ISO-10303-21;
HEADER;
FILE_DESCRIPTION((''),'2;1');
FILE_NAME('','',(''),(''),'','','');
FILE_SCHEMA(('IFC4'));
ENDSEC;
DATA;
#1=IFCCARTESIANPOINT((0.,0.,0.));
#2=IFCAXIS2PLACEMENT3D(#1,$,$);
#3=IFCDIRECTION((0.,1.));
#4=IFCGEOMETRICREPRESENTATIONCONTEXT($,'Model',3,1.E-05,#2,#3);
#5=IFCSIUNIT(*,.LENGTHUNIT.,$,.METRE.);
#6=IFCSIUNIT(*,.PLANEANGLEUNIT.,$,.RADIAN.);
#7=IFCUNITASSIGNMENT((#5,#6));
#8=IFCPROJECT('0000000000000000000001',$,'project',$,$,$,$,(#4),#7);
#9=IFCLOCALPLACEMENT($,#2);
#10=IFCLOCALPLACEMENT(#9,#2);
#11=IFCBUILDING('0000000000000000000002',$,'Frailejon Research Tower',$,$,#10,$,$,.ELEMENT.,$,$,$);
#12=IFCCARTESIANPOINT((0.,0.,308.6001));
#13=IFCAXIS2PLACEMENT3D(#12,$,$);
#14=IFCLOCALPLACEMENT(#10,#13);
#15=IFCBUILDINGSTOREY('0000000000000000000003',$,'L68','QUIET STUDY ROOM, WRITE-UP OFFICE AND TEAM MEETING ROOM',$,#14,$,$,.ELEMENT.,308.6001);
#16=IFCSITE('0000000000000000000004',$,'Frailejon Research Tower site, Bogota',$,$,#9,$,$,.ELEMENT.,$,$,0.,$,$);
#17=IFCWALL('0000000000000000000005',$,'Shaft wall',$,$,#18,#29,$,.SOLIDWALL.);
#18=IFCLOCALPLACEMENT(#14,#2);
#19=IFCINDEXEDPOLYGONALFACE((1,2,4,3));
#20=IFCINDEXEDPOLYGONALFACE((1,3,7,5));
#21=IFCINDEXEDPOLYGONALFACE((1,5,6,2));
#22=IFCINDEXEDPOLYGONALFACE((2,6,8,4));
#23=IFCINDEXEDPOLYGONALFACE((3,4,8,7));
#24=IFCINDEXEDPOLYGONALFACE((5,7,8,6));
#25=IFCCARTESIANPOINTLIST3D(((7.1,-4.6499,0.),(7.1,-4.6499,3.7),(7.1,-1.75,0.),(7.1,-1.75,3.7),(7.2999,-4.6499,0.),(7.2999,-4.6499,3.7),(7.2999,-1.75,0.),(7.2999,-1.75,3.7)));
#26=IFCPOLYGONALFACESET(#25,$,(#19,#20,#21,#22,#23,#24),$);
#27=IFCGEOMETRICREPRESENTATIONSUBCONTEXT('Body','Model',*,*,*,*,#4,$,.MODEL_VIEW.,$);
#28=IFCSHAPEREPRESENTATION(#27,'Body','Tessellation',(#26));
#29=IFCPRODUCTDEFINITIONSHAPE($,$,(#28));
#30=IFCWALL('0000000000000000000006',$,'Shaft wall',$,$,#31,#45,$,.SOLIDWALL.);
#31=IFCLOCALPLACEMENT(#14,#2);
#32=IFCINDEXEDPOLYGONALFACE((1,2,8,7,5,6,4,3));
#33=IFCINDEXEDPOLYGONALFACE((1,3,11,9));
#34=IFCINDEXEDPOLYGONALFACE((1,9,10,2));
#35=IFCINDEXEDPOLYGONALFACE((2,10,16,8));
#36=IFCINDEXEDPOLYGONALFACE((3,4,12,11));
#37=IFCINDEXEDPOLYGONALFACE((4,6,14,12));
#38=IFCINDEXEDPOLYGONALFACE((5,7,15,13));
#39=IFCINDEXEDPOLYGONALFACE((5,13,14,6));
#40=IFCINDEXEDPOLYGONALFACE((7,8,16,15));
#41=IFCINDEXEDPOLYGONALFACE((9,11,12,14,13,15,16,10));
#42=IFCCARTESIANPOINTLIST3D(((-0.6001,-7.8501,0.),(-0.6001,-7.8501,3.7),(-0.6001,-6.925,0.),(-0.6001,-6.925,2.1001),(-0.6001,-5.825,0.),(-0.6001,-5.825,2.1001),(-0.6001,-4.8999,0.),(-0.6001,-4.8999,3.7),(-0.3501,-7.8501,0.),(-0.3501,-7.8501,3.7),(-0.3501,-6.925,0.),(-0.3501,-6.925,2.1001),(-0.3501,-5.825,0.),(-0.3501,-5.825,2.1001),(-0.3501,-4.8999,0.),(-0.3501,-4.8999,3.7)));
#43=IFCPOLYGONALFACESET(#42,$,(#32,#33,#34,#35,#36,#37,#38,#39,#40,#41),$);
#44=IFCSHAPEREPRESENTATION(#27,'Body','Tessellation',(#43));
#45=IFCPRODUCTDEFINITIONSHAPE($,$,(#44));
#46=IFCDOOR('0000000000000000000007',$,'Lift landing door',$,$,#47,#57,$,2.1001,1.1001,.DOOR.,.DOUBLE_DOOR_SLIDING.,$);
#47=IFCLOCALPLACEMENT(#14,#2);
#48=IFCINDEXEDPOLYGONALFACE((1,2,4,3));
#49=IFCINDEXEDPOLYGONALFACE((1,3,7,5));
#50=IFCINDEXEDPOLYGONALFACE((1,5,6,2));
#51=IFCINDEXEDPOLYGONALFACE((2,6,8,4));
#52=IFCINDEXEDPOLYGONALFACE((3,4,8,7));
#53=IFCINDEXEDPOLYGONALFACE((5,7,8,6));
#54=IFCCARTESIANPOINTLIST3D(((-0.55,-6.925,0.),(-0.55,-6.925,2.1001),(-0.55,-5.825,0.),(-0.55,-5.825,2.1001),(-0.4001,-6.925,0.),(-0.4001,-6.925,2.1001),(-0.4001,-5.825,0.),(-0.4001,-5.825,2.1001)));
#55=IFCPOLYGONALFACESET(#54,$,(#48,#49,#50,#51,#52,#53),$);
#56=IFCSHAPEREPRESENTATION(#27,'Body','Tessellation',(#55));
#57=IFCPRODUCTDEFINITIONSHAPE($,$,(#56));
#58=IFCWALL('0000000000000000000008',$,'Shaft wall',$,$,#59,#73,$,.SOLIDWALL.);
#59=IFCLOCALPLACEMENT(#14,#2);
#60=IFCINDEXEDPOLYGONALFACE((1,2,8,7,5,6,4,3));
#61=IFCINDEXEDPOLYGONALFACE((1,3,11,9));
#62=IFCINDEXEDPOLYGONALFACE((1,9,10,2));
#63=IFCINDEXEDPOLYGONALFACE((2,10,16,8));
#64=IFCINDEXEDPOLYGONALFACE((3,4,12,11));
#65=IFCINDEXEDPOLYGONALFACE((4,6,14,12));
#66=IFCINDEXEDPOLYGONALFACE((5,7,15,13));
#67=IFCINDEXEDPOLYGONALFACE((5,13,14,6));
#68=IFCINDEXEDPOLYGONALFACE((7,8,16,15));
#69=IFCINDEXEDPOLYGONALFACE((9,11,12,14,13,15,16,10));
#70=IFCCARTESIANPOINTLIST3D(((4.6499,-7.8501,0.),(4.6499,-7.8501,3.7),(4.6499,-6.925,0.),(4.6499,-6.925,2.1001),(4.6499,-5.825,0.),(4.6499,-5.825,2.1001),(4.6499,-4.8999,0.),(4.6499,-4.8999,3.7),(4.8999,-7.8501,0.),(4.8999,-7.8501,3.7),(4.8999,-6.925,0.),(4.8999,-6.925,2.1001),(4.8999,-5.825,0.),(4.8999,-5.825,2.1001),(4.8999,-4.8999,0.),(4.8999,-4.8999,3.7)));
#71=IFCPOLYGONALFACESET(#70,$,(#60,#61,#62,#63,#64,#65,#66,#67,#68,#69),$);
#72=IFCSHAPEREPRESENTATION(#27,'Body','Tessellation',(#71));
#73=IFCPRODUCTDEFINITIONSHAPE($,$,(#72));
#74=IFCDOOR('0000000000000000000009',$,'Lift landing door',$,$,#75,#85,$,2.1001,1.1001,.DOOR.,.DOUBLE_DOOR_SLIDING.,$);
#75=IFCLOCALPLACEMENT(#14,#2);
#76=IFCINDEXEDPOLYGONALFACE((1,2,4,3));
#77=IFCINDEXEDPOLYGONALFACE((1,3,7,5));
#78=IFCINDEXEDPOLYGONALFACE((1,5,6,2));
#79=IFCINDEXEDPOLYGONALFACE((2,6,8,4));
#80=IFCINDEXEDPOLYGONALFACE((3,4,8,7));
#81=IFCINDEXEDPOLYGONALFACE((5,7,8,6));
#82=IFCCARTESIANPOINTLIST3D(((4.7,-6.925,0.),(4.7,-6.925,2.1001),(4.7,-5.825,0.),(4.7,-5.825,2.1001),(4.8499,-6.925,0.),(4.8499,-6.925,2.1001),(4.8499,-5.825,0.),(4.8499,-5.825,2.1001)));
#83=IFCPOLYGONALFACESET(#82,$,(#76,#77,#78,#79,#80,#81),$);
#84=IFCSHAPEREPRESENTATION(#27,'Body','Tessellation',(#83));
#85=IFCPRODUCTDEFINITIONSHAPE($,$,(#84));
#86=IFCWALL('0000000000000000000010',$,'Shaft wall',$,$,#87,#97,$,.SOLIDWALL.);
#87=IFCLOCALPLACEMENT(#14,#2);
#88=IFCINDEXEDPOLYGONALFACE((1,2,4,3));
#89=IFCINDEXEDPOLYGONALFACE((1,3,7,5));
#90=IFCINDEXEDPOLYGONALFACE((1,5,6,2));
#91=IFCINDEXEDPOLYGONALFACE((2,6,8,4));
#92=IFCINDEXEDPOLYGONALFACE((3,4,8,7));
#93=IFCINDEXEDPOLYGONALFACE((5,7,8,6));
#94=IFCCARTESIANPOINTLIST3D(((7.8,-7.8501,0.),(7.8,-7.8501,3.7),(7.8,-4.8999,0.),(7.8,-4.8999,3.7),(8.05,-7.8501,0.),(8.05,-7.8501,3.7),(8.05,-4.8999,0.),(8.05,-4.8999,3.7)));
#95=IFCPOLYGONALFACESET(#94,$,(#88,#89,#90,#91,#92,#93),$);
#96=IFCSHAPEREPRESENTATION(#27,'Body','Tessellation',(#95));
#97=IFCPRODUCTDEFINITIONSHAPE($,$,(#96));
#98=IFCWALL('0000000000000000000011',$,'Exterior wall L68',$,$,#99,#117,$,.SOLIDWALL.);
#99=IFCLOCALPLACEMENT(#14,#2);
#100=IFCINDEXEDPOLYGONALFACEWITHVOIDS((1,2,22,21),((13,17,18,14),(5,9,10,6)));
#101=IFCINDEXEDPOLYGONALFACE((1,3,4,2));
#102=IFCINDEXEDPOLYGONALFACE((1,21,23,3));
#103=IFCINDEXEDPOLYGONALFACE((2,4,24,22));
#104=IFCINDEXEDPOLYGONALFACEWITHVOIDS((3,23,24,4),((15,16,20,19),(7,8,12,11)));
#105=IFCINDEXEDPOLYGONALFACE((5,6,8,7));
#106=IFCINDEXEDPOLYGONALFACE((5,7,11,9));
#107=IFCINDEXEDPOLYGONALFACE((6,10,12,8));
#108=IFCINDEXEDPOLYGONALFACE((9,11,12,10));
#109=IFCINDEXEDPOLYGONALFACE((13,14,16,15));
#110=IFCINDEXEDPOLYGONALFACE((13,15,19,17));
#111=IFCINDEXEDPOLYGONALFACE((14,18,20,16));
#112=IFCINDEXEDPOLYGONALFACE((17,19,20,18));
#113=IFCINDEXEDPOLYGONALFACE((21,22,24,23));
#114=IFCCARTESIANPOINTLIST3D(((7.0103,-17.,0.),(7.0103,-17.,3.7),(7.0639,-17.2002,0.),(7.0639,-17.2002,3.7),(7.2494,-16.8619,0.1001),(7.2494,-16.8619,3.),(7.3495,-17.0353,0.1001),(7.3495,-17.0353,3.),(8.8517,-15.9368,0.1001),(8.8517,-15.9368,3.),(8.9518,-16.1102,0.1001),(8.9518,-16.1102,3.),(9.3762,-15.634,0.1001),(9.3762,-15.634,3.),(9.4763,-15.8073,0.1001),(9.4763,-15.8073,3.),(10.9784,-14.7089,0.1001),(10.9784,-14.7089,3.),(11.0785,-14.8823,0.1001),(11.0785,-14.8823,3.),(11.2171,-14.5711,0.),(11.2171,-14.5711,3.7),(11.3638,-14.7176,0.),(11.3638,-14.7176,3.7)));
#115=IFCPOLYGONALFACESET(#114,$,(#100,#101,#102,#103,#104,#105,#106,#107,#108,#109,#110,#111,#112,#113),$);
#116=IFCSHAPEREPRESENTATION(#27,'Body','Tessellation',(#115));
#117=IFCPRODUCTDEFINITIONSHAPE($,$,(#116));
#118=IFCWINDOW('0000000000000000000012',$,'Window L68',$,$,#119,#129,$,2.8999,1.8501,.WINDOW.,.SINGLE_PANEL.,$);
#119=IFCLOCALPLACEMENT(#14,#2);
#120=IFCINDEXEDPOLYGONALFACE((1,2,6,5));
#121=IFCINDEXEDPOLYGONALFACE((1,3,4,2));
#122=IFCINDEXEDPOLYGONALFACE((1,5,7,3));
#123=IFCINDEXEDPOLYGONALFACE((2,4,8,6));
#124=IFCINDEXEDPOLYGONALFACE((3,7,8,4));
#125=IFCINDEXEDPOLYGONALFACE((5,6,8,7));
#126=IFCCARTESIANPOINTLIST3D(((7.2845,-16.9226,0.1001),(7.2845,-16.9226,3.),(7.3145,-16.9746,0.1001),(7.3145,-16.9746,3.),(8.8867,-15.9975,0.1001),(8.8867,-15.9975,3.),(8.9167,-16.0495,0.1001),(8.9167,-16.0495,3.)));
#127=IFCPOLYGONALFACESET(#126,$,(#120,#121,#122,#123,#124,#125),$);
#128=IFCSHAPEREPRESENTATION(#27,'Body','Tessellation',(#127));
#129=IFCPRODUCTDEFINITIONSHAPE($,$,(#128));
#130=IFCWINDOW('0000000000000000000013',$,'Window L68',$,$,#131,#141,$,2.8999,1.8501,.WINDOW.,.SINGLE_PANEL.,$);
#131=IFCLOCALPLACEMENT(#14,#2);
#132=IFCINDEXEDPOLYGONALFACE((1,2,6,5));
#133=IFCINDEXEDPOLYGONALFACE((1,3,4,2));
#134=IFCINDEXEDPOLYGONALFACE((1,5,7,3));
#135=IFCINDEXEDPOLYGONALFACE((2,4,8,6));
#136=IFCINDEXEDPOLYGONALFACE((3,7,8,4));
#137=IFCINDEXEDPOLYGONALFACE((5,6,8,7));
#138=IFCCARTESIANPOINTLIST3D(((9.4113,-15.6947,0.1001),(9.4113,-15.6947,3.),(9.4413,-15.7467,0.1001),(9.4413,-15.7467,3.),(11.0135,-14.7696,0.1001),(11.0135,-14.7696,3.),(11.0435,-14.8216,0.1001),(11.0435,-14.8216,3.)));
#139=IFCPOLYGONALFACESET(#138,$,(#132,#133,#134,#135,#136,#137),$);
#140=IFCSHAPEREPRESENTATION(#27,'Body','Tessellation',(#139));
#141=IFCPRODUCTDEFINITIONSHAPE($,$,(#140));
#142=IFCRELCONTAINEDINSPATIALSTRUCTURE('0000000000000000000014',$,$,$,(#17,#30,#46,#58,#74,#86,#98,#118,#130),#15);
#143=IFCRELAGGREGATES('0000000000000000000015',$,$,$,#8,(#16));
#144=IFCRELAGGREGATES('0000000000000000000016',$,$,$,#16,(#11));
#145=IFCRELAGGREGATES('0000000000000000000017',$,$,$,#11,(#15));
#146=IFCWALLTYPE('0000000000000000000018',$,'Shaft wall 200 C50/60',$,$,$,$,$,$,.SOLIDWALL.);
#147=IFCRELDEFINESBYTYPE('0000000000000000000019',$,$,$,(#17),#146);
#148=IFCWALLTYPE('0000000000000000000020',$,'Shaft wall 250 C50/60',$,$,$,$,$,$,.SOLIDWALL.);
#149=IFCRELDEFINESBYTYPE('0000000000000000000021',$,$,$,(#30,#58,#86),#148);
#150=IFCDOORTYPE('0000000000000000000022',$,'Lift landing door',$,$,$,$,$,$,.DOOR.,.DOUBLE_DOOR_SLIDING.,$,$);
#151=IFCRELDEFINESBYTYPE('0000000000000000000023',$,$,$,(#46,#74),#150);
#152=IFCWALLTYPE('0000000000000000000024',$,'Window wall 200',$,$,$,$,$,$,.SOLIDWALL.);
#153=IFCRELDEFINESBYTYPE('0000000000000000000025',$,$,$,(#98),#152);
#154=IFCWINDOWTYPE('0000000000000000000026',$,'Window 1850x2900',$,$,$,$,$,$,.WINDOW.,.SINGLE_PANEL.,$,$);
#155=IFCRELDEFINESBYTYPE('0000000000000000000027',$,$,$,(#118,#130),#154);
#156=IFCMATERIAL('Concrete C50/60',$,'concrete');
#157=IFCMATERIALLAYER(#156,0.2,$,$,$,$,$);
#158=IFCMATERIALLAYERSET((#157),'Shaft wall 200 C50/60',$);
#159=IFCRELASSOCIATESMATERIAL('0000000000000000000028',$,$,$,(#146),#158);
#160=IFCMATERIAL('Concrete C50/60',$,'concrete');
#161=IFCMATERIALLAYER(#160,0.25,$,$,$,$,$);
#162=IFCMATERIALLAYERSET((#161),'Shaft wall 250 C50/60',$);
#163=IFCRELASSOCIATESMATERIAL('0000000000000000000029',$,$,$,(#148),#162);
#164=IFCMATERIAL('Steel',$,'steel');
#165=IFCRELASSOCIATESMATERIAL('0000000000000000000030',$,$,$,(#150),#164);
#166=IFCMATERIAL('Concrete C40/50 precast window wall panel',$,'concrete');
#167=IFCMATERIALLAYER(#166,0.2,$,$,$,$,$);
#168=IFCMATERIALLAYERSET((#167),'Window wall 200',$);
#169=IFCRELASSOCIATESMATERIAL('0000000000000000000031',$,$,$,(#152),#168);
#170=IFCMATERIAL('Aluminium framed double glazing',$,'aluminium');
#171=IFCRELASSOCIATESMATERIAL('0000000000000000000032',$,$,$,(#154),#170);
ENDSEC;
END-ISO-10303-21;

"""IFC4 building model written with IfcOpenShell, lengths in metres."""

from ifc_helpers import new_model, si_unit, direction, frame, frame_2d, origin, place, context, subcontext, project, spatial, polyline, rectangle, outline, extrude, material, layer, layer_set, type_object, element, fill, save


model = new_model("IFC4")

# Units and contexts
model_context = context("Model", 3, precision=1e-05, world=origin(), true_north=direction((0.0, 1.0)))
body_context = subcontext(model_context, "Body", "Model", "MODEL_VIEW")
ifc_project = project(units=[si_unit("LENGTHUNIT", "METRE"), si_unit("PLANEANGLEUNIT", "RADIAN")], contexts=[model_context])

# Site, building, storey
site_placement = place(None, origin())
site = spatial("IfcSite", under=ifc_project, at=site_placement, Name="Frailejon Research Tower site, Bogota", CompositionType="ELEMENT", RefElevation=0.0)
building_placement = place(site_placement, origin())
building = spatial("IfcBuilding", under=site, at=building_placement, Name="Frailejon Research Tower", CompositionType="ELEMENT")
storey_placement = place(building_placement, frame((0.0, 0.0, 308.6001)))
storey = spatial("IfcBuildingStorey", under=building, at=storey_placement, Name="L68", Description="QUIET STUDY ROOM, WRITE-UP OFFICE AND TEAM MEETING ROOM", CompositionType="ELEMENT", Elevation=308.6001)

# Wall
ifc_material_1 = material(Name="Concrete C50/60", Category="concrete")
ifc_layer_1 = layer(ifc_material_1, 0.2)
ifc_layer_set_1 = layer_set([ifc_layer_1], Name="Shaft wall 200 C50/60")
wall_type_1 = type_object("IfcWallType", Name="Shaft wall 200 C50/60", PredefinedType="SOLIDWALL", material=ifc_layer_set_1)
for number, where, z_axis, x_axis, name in (
    (1, (7.2, -4.6499, 0.0), (0.0, 0.0, 1.0), (0.0, 1.0, 0.0), "Shaft wall"),
):
    element("IfcWall", number, at=place(storey_placement, frame(where, z_axis=z_axis, x_axis=x_axis)), inside=storey, type_object=wall_type_1, Name=name, PredefinedType="SOLIDWALL", context=body_context, shape_type="SweptSolid", body=[
        extrude(rectangle(XDim=2.8999, YDim=0.2, at=frame_2d((1.45, 0.0))), origin(), (0.0, 0.0, 1.0), 3.7),
    ])

# Walls, openings, doors
ifc_material_2 = material(Name="Concrete C50/60", Category="concrete")
ifc_layer_2 = layer(ifc_material_2, 0.25)
ifc_layer_set_2 = layer_set([ifc_layer_2], Name="Shaft wall 250 C50/60")
wall_type_2 = type_object("IfcWallType", Name="Shaft wall 250 C50/60", PredefinedType="SOLIDWALL", material=ifc_layer_set_2)
wall_1_placement = place(storey_placement, frame((-0.4751, -7.8501, 0.0), z_axis=(0.0, 0.0, 1.0), x_axis=(0.0, 1.0, 0.0)))
wall_1 = element("IfcWall", 2, at=wall_1_placement, inside=storey, type_object=wall_type_2, Name="Shaft wall", PredefinedType="SOLIDWALL", context=body_context, shape_type="SweptSolid", body=[
    extrude(rectangle(XDim=2.9502, YDim=0.25, at=frame_2d((1.4751, 0.0))), origin(), (0.0, 0.0, 1.0), 3.7),
])
opening_1_placement = place(wall_1_placement, frame((0.925, 0.0, 0.0)))
opening_1 = element("IfcOpeningElement", 3, at=opening_1_placement, cuts=wall_1, PredefinedType="OPENING", context=body_context, shape_type="SweptSolid", body=[
    extrude(rectangle(XDim=1.1001, YDim=2.1001, at=frame_2d((0.55, 1.05))), frame((0.0, 0.135, 0.0), z_axis=(0.0, -1.0, 0.0), x_axis=(1.0, 0.0, 0.0)), (0.0, 0.0, 1.0), 0.27),
])
ifc_material_3 = material(Name="Steel", Category="steel")
door_type_1 = type_object("IfcDoorType", Name="Lift landing door", OperationType="DOUBLE_DOOR_SLIDING", PredefinedType="DOOR", material=ifc_material_3)
door_1_placement = place(opening_1_placement, origin())
door_1 = element("IfcDoor", 4, at=door_1_placement, inside=storey, type_object=door_type_1, Name="Lift landing door", OperationType="DOUBLE_DOOR_SLIDING", OverallHeight=2.1001, OverallWidth=1.1001, PredefinedType="DOOR", context=body_context, shape_type="SweptSolid", body=[
    extrude(rectangle(XDim=1.1001, YDim=2.1001, at=frame_2d((0.55, 1.05))), frame((0.0, 0.075, 0.0), z_axis=(0.0, -1.0, 0.0), x_axis=(1.0, 0.0, 0.0)), (0.0, 0.0, 1.0), 0.1499),
])
fill(opening_1, door_1)
wall_2_placement = place(storey_placement, frame((4.7749, -7.8501, 0.0), z_axis=(0.0, 0.0, 1.0), x_axis=(0.0, 1.0, 0.0)))
wall_2 = element("IfcWall", 5, at=wall_2_placement, inside=storey, type_object=wall_type_2, Name="Shaft wall", PredefinedType="SOLIDWALL", context=body_context, shape_type="SweptSolid", body=[
    extrude(rectangle(XDim=2.9502, YDim=0.25, at=frame_2d((1.4751, 0.0))), origin(), (0.0, 0.0, 1.0), 3.7),
])
opening_2_placement = place(wall_2_placement, frame((0.925, 0.0, 0.0)))
opening_2 = element("IfcOpeningElement", 6, at=opening_2_placement, cuts=wall_2, PredefinedType="OPENING", context=body_context, shape_type="SweptSolid", body=[
    extrude(rectangle(XDim=1.1001, YDim=2.1001, at=frame_2d((0.55, 1.05))), frame((0.0, 0.135, 0.0), z_axis=(0.0, -1.0, 0.0), x_axis=(1.0, 0.0, 0.0)), (0.0, 0.0, 1.0), 0.27),
])
door_2_placement = place(opening_2_placement, origin())
door_2 = element("IfcDoor", 7, at=door_2_placement, inside=storey, type_object=door_type_1, Name="Lift landing door", OperationType="DOUBLE_DOOR_SLIDING", OverallHeight=2.1001, OverallWidth=1.1001, PredefinedType="DOOR", context=body_context, shape_type="SweptSolid", body=[
    extrude(rectangle(XDim=1.1001, YDim=2.1001, at=frame_2d((0.55, 1.05))), frame((0.0, 0.075, 0.0), z_axis=(0.0, -1.0, 0.0), x_axis=(1.0, 0.0, 0.0)), (0.0, 0.0, 1.0), 0.1499),
])
fill(opening_2, door_2)

# Wall
wall_3_placement = place(storey_placement, frame((7.925, -7.8501, 0.0), z_axis=(0.0, 0.0, 1.0), x_axis=(0.0, 1.0, 0.0)))
element("IfcWall", 8, at=wall_3_placement, inside=storey, type_object=wall_type_2, Name="Shaft wall", PredefinedType="SOLIDWALL", context=body_context, shape_type="SweptSolid", body=[
    extrude(rectangle(XDim=2.9502, YDim=0.25, at=frame_2d((1.4751, 0.0))), origin(), (0.0, 0.0, 1.0), 3.7),
])

# Wall, openings, windows
ifc_material_4 = material(Name="Concrete C40/50 precast window wall panel", Category="concrete")
ifc_layer_3 = layer(ifc_material_4, 0.2)
ifc_layer_set_3 = layer_set([ifc_layer_3], Name="Window wall 200")
wall_type_3 = type_object("IfcWallType", Name="Window wall 200", PredefinedType="SOLIDWALL", material=ifc_layer_set_3)
wall_4_placement = place(storey_placement, frame((7.0371, -17.1001, 0.0), z_axis=(0.0, 0.0, 1.0), x_axis=(0.866017, 0.500015, 0.0)))
wall_4 = element("IfcWall", 9, at=wall_4_placement, inside=storey, type_object=wall_type_3, Name="Exterior wall L68", PredefinedType="SOLIDWALL", context=body_context, shape_type="SweptSolid", body=[
    extrude(outline(polyline([(-0.0269, -0.1001), (1.2144, -0.1001), (2.4556, -0.1001), (3.697, -0.1001), (4.9382, -0.1001), (4.8845, 0.1001), (3.6702, 0.1001), (2.4556, 0.1001), (1.2412, 0.1001), (0.0269, 0.1001), (-0.0269, -0.1001)])), origin(), (0.0, 0.0, 1.0), 3.7),
])
opening_3_placement = place(wall_4_placement, frame((0.303, 0.0, 0.1001)))
opening_3 = element("IfcOpeningElement", 10, at=opening_3_placement, cuts=wall_4, PredefinedType="OPENING", context=body_context, shape_type="SweptSolid", body=[
    extrude(rectangle(XDim=1.8501, YDim=2.8999, at=frame_2d((0.925, 1.45))), frame((0.0, 0.1099, 0.0), z_axis=(0.0, -1.0, 0.0), x_axis=(1.0, 0.0, 0.0)), (0.0, 0.0, 1.0), 0.22),
])
opening_4_placement = place(wall_4_placement, frame((2.7588, 0.0, 0.1001)))
opening_4 = element("IfcOpeningElement", 11, at=opening_4_placement, cuts=wall_4, PredefinedType="OPENING", context=body_context, shape_type="SweptSolid", body=[
    extrude(rectangle(XDim=1.8501, YDim=2.8999, at=frame_2d((0.925, 1.45))), frame((0.0, 0.1099, 0.0), z_axis=(0.0, -1.0, 0.0), x_axis=(1.0, 0.0, 0.0)), (0.0, 0.0, 1.0), 0.22),
])
ifc_material_5 = material(Name="Aluminium framed double glazing", Category="aluminium")
window_type = type_object("IfcWindowType", Name="Window 1850x2900", PartitioningType="SINGLE_PANEL", PredefinedType="WINDOW", material=ifc_material_5)
window_1_placement = place(opening_3_placement, origin())
window_1 = element("IfcWindow", 12, at=window_1_placement, inside=storey, type_object=window_type, Name="Window L68", OverallHeight=2.8999, OverallWidth=1.8501, PartitioningType="SINGLE_PANEL", PredefinedType="WINDOW", context=body_context, shape_type="SweptSolid", body=[
    extrude(rectangle(XDim=1.8501, YDim=2.8999, at=frame_2d((0.925, 1.45))), frame((0.0, 0.03, 0.0), z_axis=(0.0, -1.0, 0.0), x_axis=(1.0, 0.0, 0.0)), (0.0, 0.0, 1.0), 0.0601),
])
fill(opening_3, window_1)
window_2_placement = place(opening_4_placement, origin())
window_2 = element("IfcWindow", 13, at=window_2_placement, inside=storey, type_object=window_type, Name="Window L68", OverallHeight=2.8999, OverallWidth=1.8501, PartitioningType="SINGLE_PANEL", PredefinedType="WINDOW", context=body_context, shape_type="SweptSolid", body=[
    extrude(rectangle(XDim=1.8501, YDim=2.8999, at=frame_2d((0.925, 1.45))), frame((0.0, 0.03, 0.0), z_axis=(0.0, -1.0, 0.0), x_axis=(1.0, 0.0, 0.0)), (0.0, 0.0, 1.0), 0.0601),
])
fill(opening_4, window_2)

save(model, "model.ifc")
